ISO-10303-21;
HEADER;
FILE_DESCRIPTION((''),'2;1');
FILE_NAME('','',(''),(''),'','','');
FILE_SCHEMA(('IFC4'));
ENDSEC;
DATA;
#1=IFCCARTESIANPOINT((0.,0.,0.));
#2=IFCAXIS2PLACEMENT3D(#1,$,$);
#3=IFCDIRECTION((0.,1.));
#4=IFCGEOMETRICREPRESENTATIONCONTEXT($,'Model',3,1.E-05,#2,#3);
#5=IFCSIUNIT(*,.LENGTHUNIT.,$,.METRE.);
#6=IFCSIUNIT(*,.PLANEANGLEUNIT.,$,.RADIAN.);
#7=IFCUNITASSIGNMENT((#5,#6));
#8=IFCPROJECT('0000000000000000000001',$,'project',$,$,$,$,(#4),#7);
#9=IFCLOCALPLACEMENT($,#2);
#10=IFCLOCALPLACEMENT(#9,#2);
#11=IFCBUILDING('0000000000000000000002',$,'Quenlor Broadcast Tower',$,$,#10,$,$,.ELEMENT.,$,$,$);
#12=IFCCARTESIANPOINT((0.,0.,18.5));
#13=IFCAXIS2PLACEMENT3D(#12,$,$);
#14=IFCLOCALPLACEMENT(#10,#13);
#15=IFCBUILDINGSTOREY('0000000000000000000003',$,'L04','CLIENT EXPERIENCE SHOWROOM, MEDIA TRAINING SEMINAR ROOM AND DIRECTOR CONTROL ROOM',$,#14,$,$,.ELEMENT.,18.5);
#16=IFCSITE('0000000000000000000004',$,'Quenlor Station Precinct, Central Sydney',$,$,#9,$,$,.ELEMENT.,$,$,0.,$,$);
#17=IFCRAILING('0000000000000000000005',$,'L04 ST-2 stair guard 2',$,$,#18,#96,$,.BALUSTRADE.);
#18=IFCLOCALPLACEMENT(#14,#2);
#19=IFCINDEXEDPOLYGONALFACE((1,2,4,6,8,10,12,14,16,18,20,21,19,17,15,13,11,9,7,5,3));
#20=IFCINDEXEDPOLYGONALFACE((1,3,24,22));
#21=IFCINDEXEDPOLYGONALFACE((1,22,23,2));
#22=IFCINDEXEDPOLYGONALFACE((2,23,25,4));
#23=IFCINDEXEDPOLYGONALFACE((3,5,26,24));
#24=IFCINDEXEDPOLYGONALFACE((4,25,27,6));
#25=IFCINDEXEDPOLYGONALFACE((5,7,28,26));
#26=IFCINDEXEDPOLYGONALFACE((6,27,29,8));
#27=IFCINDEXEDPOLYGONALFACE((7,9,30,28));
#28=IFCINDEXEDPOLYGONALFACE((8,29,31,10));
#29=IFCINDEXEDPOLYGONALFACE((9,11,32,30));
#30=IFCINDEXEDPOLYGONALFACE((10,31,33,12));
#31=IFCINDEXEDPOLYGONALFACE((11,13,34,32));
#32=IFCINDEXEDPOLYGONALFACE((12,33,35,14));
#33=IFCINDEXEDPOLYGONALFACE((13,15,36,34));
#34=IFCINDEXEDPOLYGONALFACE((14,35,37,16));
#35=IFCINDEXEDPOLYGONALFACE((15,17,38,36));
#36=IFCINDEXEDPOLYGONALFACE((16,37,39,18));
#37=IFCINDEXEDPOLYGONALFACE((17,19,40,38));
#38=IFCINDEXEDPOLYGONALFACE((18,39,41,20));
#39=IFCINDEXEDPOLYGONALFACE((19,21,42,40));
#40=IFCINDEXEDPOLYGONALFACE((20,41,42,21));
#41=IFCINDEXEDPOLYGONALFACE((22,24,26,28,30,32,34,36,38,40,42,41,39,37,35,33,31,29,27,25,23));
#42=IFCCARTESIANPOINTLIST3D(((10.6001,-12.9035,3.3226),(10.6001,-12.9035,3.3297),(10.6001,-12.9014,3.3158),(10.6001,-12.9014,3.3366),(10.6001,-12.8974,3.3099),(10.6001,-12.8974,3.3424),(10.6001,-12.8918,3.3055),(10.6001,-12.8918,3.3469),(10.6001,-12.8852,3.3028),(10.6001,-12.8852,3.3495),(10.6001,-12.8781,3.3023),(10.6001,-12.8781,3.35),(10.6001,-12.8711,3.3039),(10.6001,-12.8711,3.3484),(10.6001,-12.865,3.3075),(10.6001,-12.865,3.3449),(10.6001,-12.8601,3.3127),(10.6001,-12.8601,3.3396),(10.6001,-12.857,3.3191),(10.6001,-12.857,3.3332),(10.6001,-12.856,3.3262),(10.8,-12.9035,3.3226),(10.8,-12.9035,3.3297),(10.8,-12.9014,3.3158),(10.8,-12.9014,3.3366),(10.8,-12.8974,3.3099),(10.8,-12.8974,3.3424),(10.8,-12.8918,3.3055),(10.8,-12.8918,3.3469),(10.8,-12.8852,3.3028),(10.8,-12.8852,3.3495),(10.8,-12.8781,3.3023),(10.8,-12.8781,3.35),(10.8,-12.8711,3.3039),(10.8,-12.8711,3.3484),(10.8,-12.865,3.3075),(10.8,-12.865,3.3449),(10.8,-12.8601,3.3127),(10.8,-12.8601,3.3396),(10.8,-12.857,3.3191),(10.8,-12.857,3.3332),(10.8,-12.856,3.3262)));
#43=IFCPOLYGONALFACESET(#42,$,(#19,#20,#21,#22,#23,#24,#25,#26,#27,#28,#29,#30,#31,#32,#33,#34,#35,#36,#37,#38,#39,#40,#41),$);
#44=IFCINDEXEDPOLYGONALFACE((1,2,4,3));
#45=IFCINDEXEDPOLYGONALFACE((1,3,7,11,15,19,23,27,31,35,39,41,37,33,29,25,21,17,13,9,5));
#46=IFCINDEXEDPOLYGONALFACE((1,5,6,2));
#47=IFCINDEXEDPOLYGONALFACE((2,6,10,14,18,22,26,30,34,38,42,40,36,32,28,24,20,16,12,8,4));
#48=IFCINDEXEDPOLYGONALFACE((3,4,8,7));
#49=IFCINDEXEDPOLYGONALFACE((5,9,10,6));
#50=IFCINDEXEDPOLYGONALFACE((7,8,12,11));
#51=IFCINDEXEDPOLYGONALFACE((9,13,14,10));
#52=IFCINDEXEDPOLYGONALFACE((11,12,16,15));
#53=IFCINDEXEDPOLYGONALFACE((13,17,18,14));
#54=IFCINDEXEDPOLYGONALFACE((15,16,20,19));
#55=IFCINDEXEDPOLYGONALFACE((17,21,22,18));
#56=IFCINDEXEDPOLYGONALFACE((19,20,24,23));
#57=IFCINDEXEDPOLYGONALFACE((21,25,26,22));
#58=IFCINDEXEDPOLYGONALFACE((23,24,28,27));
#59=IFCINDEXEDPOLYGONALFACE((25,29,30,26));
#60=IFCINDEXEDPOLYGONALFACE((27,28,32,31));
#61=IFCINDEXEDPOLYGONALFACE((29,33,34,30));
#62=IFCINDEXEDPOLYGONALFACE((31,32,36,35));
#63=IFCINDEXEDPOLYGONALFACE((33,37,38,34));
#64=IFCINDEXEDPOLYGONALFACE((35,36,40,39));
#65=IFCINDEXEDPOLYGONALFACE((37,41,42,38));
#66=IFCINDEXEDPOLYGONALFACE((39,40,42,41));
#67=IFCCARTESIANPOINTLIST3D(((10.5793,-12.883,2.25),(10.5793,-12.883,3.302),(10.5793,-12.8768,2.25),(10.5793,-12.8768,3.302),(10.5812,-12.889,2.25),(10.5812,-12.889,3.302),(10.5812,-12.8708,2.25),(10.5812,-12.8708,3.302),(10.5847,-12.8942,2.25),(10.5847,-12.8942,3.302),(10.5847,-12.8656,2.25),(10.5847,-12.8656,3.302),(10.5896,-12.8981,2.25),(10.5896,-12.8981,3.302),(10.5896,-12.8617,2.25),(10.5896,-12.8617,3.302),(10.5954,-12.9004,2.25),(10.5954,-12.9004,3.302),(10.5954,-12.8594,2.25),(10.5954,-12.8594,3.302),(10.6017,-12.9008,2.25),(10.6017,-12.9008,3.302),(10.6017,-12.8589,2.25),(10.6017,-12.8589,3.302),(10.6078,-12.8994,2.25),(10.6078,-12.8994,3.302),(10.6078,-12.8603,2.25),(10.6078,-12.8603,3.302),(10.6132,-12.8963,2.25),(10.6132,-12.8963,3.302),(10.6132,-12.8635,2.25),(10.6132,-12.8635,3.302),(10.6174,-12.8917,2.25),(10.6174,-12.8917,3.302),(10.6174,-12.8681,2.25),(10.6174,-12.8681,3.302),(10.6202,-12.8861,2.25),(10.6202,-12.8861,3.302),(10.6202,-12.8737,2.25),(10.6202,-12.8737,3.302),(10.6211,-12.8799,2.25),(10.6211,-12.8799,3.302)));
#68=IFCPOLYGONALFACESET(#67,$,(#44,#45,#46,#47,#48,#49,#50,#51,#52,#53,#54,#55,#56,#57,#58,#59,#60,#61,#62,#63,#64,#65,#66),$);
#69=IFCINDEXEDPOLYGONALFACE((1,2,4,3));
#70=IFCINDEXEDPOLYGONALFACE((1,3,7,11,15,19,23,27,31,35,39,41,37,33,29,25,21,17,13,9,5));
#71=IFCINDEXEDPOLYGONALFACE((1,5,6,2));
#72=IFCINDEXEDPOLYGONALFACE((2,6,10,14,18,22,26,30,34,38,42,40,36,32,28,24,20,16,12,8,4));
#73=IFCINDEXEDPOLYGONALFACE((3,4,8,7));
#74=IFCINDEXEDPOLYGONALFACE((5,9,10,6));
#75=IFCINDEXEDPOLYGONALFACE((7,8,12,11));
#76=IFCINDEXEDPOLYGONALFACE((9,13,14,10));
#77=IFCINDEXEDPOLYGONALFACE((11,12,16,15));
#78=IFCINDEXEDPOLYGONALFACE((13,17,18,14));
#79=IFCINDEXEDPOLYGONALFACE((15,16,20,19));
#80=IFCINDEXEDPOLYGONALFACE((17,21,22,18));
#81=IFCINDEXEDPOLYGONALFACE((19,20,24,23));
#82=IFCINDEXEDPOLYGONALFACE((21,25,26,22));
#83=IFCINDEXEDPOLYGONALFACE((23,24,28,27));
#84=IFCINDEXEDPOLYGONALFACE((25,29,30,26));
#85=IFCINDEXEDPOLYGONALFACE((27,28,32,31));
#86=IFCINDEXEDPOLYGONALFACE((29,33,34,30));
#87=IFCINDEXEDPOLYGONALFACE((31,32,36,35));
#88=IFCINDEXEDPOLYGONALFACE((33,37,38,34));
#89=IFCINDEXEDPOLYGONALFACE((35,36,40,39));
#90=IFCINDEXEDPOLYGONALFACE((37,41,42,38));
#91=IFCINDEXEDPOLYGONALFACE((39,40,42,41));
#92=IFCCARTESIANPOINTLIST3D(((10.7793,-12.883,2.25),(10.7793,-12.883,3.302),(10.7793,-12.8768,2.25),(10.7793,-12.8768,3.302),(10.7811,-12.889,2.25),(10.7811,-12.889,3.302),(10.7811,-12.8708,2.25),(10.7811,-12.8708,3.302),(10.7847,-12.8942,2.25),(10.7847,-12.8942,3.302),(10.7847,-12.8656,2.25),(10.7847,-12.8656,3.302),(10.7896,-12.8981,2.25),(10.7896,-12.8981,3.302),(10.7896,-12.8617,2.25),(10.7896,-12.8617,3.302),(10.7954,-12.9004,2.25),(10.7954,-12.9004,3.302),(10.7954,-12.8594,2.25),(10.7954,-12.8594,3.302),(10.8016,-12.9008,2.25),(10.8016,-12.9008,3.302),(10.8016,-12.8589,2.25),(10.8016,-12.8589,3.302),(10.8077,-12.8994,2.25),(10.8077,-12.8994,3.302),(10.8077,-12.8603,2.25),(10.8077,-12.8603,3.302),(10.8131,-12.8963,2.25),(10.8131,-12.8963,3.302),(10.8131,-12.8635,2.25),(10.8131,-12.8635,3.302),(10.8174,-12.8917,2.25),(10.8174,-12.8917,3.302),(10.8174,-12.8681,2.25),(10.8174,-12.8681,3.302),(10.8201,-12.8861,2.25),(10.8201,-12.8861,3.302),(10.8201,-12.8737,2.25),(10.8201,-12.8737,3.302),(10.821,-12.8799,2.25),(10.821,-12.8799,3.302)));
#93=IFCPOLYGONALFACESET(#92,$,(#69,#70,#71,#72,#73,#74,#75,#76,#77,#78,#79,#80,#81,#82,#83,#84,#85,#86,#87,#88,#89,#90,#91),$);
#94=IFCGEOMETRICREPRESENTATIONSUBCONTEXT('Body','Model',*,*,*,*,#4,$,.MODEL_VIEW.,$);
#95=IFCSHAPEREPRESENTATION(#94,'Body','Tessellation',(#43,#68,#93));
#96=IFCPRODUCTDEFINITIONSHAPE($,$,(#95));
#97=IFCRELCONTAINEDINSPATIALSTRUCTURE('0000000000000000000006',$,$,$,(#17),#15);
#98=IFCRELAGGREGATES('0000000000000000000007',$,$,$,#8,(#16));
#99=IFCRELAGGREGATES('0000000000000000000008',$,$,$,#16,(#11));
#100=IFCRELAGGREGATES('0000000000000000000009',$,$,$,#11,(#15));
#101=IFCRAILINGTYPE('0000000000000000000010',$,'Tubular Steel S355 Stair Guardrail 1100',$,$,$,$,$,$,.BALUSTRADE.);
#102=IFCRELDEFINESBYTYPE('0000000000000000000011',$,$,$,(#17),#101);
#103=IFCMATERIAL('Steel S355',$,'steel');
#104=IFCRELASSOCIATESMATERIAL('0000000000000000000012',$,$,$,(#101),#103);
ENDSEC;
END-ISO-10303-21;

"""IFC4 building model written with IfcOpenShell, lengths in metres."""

from ifc_helpers import new_model, si_unit, direction, frame, origin, origin_2d, place, context, subcontext, project, spatial, circle, extrude, material, type_object, element, save


model = new_model("IFC4")

# Units and contexts
model_context = context("Model", 3, precision=1e-05, world=origin(), true_north=direction((0.0, 1.0)))
body_context = subcontext(model_context, "Body", "Model", "MODEL_VIEW")
ifc_project = project(units=[si_unit("LENGTHUNIT", "METRE"), si_unit("PLANEANGLEUNIT", "RADIAN")], contexts=[model_context])

# Site, building, storey
site_placement = place(None, origin())
site = spatial("IfcSite", under=ifc_project, at=site_placement, Name="Quenlor Station Precinct, Central Sydney", CompositionType="ELEMENT", RefElevation=0.0)
building_placement = place(site_placement, origin())
building = spatial("IfcBuilding", under=site, at=building_placement, Name="Quenlor Broadcast Tower", CompositionType="ELEMENT")
storey_placement = place(building_placement, frame((0.0, 0.0, 18.5)))
storey = spatial("IfcBuildingStorey", under=building, at=storey_placement, Name="L04", Description="CLIENT EXPERIENCE SHOWROOM, MEDIA TRAINING SEMINAR ROOM AND DIRECTOR CONTROL ROOM", CompositionType="ELEMENT", Elevation=18.5)

# Railing
ifc_material_1 = material(Name="Steel S355", Category="steel")
railing_type_1 = type_object("IfcRailingType", Name="Tubular Steel S355 Stair Guardrail 1100", PredefinedType="BALUSTRADE", material=ifc_material_1)
railing_1_placement = place(storey_placement, frame((10.6001, -12.8799, 2.25)))
element("IfcRailing", 1, at=railing_1_placement, inside=storey, type_object=railing_type_1, Name="L04 ST-2 stair guard 2", PredefinedType="BALUSTRADE", context=body_context, shape_type="SweptSolid", body=[
    extrude(circle(Radius=0.0239, at=origin_2d()), frame((0.0, 0.0, 1.0762), z_axis=(1.0, 0.0, 0.0), x_axis=(0.0, 1.0, 0.0)), (0.0, 0.0, 1.0), 0.2),
    extrude(circle(Radius=0.021, at=origin_2d()), origin(), (0.0, 0.0, 1.0), 1.052),
    extrude(circle(Radius=0.021, at=origin_2d()), frame((0.2, 0.0, 0.0)), (0.0, 0.0, 1.0), 1.052),
])

save(model, "model.ifc")
